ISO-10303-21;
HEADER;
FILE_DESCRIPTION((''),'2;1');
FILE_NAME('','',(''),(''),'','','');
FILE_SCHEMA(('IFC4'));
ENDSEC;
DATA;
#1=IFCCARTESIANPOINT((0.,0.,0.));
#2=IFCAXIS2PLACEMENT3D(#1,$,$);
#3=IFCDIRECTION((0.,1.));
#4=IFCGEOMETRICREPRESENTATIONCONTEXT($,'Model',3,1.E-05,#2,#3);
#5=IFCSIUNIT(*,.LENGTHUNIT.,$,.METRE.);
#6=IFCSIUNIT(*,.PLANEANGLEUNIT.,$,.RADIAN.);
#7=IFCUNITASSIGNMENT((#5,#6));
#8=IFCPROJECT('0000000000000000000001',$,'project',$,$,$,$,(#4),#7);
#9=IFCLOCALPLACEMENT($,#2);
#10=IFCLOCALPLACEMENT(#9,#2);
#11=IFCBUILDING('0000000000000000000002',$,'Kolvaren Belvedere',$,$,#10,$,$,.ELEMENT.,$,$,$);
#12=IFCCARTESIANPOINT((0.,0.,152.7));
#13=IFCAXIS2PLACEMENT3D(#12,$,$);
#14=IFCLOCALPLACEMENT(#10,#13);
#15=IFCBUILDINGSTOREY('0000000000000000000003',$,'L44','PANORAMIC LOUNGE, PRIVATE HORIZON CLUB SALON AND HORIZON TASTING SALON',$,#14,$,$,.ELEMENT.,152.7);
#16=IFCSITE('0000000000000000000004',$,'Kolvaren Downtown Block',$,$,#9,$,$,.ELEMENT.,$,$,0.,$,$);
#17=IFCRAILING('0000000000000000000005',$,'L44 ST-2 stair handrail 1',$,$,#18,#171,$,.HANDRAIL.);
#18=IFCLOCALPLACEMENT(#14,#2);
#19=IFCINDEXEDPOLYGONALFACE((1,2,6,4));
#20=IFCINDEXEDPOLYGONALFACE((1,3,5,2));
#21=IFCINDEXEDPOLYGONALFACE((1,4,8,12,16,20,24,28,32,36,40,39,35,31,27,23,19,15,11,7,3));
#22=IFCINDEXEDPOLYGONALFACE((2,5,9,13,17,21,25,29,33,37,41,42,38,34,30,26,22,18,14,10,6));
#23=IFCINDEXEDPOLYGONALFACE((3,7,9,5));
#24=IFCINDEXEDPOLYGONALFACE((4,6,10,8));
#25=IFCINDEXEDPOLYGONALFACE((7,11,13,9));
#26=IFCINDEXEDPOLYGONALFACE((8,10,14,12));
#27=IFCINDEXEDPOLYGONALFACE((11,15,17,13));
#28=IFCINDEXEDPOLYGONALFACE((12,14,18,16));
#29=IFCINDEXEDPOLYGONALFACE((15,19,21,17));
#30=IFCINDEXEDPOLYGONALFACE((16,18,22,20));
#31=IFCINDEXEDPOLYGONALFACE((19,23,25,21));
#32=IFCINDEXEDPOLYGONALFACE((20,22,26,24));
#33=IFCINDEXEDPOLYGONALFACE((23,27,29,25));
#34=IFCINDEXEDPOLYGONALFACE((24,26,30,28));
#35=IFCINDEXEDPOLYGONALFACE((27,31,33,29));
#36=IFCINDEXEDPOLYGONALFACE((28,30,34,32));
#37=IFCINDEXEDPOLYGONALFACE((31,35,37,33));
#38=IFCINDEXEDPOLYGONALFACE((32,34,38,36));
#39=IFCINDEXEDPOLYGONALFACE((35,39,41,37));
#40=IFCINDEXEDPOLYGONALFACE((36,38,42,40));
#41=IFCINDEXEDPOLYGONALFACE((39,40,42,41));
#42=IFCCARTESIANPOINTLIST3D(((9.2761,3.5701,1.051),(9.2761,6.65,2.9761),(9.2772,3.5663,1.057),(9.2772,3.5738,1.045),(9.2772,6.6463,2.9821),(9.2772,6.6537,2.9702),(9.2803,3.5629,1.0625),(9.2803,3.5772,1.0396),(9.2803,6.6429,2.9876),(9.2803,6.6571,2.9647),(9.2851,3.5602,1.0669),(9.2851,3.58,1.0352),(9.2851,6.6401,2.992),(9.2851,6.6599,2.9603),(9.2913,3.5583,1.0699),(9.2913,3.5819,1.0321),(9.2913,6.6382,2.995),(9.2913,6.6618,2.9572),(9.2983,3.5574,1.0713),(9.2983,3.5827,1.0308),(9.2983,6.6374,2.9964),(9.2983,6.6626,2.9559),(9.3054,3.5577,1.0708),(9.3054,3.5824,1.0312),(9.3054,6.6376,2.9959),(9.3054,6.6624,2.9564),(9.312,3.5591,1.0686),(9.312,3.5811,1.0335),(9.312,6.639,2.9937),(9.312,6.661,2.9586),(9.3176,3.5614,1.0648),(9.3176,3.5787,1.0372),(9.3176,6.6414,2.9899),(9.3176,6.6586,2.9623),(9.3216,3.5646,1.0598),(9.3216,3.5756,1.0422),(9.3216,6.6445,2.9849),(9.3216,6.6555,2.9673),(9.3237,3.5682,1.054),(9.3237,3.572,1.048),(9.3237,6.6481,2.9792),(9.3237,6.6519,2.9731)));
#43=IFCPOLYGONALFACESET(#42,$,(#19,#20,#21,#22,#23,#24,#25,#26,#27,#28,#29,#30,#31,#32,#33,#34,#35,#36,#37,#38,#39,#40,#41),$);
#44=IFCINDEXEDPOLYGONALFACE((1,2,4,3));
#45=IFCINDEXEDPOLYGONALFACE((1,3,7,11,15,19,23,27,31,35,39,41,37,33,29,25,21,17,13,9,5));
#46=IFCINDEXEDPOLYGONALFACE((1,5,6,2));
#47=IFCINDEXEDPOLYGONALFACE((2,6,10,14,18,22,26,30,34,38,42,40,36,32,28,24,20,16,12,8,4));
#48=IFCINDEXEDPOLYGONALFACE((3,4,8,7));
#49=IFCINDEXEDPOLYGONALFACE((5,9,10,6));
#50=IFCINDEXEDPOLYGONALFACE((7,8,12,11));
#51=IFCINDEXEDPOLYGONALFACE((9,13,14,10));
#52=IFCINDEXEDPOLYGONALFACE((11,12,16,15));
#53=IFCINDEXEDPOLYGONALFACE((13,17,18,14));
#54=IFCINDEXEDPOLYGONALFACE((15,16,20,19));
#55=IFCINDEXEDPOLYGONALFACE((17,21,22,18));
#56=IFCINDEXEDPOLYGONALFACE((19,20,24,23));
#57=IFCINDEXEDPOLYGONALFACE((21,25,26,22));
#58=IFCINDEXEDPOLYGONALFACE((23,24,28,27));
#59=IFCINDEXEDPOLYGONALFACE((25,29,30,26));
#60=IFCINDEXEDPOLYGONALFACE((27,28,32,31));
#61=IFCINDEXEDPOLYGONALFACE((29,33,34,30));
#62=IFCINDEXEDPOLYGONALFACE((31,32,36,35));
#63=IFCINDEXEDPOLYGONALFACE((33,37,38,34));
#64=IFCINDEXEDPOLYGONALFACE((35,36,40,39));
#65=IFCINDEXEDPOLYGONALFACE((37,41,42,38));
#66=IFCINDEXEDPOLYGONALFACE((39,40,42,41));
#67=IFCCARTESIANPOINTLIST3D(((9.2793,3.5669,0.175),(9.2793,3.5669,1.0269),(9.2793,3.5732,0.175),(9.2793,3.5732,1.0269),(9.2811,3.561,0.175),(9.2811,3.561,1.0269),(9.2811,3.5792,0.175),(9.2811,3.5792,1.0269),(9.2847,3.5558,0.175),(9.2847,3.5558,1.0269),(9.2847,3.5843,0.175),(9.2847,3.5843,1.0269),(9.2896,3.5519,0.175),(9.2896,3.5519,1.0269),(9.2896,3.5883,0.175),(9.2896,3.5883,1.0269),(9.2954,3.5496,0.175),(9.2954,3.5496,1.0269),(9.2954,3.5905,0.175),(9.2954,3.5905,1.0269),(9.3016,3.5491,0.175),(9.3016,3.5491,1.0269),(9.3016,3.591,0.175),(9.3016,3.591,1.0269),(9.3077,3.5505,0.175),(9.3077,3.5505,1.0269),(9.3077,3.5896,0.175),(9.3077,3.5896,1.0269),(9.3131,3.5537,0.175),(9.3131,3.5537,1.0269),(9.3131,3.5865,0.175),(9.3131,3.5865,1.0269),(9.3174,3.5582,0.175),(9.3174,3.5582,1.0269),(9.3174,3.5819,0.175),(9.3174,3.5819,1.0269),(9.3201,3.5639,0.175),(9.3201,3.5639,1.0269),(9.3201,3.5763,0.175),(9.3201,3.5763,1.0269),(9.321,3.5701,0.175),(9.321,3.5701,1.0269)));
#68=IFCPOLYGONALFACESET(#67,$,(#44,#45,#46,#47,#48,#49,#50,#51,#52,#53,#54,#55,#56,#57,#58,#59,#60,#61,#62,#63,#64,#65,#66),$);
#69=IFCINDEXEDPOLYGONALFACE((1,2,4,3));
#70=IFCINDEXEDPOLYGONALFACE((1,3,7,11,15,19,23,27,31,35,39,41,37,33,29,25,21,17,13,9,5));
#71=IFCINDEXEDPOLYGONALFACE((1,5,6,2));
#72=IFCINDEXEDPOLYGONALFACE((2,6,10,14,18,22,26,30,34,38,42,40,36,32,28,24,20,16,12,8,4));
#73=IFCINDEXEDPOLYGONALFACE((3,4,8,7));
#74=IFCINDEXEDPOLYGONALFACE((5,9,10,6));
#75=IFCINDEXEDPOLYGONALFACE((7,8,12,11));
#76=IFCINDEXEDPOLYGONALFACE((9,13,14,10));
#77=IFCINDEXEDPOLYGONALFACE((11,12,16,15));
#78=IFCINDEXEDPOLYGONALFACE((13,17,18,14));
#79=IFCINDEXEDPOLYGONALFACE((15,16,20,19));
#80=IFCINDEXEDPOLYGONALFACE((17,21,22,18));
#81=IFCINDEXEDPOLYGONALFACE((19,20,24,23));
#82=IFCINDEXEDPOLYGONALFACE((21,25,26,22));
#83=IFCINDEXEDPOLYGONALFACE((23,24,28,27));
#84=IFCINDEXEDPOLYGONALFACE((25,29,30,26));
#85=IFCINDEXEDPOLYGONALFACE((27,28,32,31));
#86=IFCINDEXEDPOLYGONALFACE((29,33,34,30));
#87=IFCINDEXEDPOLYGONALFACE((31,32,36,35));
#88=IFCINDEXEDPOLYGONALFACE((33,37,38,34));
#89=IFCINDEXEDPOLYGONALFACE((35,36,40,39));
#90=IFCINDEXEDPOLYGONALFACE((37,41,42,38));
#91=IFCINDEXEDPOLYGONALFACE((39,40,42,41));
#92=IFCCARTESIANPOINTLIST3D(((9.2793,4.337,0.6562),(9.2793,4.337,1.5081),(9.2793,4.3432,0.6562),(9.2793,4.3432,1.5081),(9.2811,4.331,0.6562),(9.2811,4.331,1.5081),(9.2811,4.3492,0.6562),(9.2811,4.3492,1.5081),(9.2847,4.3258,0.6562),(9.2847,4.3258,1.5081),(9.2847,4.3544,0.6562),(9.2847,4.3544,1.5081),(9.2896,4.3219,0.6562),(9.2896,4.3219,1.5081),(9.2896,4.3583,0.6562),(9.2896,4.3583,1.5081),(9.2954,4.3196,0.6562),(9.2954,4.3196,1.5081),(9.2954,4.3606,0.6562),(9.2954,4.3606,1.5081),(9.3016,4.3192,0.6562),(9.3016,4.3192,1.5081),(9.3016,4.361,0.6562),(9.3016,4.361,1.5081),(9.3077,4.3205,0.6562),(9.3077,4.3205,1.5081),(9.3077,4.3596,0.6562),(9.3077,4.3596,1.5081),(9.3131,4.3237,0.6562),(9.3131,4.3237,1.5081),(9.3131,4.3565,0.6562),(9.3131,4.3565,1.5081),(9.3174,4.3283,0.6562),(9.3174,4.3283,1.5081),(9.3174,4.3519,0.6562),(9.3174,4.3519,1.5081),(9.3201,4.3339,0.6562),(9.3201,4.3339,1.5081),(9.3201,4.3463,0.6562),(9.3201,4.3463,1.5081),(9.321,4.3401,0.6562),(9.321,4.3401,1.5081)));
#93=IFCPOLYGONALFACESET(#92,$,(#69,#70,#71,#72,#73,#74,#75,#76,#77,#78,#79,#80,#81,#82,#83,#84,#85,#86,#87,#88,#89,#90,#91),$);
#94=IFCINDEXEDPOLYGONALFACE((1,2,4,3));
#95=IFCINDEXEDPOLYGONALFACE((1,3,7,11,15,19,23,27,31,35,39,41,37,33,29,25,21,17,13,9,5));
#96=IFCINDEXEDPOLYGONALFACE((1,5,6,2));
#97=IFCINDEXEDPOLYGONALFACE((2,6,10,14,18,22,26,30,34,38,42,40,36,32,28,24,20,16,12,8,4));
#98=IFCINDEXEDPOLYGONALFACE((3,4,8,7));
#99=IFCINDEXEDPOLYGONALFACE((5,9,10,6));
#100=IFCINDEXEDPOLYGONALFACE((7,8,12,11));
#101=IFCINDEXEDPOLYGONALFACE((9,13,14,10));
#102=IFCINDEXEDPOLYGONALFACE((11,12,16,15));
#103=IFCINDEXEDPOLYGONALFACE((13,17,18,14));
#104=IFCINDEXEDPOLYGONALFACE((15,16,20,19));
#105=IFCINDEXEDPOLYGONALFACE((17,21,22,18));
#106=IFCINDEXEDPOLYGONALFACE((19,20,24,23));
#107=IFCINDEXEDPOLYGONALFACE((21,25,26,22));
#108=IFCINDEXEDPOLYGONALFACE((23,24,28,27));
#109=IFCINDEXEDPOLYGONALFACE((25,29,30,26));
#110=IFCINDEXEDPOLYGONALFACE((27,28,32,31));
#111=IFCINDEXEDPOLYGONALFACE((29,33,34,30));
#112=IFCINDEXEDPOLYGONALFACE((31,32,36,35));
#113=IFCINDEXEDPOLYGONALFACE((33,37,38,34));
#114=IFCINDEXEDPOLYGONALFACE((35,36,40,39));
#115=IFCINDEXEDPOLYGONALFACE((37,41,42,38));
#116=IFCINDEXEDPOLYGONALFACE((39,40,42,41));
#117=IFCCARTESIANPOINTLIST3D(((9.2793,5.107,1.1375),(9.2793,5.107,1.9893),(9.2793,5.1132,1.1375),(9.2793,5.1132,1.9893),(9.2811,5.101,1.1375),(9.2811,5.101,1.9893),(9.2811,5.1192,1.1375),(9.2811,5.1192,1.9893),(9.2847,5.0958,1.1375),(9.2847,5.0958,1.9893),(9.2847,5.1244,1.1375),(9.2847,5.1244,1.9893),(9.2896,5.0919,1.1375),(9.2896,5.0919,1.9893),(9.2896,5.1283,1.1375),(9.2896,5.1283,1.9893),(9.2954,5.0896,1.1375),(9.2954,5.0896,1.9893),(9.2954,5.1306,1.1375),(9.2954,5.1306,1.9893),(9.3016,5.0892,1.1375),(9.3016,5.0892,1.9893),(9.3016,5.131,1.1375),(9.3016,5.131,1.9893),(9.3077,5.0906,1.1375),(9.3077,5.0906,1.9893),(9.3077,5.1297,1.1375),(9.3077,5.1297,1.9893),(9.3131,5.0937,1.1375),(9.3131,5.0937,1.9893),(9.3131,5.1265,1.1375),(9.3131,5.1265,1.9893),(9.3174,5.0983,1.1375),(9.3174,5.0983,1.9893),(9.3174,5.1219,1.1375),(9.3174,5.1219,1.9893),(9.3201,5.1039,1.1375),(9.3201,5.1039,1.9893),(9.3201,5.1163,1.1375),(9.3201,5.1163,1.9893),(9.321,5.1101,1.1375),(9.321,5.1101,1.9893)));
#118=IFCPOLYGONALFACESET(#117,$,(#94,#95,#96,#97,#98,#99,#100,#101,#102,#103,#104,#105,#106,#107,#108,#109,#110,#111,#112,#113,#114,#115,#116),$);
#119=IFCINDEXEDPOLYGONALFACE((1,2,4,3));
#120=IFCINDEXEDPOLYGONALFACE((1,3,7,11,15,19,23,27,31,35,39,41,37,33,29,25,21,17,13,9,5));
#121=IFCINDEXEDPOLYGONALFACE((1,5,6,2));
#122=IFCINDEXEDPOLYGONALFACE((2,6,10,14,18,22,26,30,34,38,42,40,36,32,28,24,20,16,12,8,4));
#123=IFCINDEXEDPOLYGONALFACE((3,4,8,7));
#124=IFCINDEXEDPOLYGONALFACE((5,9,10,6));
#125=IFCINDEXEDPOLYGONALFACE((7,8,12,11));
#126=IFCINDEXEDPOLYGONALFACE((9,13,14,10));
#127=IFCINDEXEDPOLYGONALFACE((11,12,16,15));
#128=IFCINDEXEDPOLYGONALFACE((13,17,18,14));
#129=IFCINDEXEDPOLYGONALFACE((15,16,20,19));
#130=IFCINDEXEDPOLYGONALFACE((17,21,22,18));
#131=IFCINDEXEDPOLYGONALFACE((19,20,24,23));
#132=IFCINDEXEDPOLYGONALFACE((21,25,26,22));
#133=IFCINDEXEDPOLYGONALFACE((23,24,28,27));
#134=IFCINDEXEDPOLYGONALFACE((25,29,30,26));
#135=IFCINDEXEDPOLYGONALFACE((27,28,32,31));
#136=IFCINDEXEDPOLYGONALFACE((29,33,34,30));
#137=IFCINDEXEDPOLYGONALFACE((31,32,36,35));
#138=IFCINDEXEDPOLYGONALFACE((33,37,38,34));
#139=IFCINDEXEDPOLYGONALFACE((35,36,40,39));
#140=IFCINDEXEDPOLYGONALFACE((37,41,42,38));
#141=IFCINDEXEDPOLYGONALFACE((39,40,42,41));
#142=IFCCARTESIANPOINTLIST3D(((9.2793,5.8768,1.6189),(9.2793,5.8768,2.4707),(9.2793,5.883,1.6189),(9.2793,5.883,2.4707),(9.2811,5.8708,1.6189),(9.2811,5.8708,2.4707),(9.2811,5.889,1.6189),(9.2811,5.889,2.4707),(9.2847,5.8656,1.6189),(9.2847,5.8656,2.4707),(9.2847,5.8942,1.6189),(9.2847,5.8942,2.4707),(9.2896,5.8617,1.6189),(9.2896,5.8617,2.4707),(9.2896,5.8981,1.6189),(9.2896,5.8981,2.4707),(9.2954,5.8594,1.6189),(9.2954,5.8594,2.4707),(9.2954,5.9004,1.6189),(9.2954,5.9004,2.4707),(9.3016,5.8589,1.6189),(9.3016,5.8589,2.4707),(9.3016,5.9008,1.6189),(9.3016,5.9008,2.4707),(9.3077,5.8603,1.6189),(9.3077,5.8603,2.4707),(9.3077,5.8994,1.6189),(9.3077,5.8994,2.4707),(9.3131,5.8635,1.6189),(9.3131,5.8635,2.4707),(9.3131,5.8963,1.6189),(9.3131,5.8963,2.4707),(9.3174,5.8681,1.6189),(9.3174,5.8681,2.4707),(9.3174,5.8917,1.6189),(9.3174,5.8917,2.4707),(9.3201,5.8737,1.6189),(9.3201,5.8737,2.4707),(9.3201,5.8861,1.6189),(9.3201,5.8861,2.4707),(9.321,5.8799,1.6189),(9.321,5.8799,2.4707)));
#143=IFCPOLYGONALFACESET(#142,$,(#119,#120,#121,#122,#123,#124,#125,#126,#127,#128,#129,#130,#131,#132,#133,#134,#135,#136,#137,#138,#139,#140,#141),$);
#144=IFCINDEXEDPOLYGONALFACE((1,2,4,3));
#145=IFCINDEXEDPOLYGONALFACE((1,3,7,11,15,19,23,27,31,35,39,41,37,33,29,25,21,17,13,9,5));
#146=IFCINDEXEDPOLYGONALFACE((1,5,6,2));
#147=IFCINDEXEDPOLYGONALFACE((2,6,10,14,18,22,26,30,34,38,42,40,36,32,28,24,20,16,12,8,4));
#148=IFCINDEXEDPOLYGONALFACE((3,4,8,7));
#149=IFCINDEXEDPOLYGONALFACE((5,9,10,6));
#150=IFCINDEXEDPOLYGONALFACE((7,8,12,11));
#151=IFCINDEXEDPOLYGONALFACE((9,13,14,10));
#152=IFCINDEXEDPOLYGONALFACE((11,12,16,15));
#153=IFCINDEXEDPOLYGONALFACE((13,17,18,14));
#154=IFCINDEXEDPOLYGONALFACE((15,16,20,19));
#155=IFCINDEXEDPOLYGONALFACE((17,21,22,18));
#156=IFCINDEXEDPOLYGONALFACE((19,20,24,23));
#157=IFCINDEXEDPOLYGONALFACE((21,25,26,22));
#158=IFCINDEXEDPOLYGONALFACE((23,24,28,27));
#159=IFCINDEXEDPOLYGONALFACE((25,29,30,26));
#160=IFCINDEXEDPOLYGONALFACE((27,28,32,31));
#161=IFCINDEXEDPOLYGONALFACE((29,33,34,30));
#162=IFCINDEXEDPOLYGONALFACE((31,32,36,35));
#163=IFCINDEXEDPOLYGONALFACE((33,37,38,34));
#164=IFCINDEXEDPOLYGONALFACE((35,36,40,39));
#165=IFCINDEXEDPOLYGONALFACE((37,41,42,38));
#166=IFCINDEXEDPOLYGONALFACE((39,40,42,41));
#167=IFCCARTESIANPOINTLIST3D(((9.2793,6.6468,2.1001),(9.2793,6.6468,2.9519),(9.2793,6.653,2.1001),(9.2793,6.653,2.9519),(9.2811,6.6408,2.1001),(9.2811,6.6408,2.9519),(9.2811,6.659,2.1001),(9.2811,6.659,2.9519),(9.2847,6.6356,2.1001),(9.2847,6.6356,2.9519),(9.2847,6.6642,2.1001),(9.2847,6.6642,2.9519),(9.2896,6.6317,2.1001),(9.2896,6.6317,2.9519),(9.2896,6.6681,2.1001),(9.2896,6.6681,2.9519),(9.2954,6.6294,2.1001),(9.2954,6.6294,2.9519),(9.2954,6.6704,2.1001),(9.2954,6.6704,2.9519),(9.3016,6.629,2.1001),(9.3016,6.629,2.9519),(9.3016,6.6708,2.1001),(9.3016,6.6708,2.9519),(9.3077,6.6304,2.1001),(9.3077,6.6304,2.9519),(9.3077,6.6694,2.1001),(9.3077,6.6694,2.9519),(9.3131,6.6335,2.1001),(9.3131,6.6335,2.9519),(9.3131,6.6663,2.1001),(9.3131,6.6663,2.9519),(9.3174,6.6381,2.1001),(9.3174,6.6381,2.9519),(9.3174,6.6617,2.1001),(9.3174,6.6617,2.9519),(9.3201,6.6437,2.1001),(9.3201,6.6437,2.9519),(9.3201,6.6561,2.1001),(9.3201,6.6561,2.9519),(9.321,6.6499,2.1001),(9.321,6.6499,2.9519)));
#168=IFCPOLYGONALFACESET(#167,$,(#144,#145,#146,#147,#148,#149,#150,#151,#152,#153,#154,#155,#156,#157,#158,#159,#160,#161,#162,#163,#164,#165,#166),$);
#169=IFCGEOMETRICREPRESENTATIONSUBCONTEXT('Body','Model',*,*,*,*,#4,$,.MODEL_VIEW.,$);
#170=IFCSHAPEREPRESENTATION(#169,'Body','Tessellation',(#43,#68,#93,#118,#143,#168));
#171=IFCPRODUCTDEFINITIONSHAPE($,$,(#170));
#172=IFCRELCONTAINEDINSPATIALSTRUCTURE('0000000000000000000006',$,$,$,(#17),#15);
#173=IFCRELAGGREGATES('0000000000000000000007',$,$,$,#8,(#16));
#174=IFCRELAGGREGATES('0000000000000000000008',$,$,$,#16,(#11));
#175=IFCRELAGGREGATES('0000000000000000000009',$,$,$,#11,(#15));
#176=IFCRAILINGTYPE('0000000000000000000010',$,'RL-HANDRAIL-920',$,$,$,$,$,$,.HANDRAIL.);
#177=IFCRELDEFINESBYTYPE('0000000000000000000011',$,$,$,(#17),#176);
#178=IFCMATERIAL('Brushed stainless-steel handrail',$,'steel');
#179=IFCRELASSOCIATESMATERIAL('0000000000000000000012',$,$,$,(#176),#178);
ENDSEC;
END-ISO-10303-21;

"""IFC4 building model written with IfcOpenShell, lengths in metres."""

from ifc_helpers import new_model, si_unit, direction, frame, origin, origin_2d, place, context, subcontext, project, spatial, circle, extrude, material, type_object, element, save


model = new_model("IFC4")

# Units and contexts
model_context = context("Model", 3, precision=1e-05, world=origin(), true_north=direction((0.0, 1.0)))
body_context = subcontext(model_context, "Body", "Model", "MODEL_VIEW")
ifc_project = project(units=[si_unit("LENGTHUNIT", "METRE"), si_unit("PLANEANGLEUNIT", "RADIAN")], contexts=[model_context])

# Site, building, storey
site_placement = place(None, origin())
site = spatial("IfcSite", under=ifc_project, at=site_placement, Name="Kolvaren Downtown Block", CompositionType="ELEMENT", RefElevation=0.0)
building_placement = place(site_placement, origin())
building = spatial("IfcBuilding", under=site, at=building_placement, Name="Kolvaren Belvedere", CompositionType="ELEMENT")
storey_placement = place(building_placement, frame((0.0, 0.0, 152.7)))
storey = spatial("IfcBuildingStorey", under=building, at=storey_placement, Name="L44", Description="PANORAMIC LOUNGE, PRIVATE HORIZON CLUB SALON AND HORIZON TASTING SALON", CompositionType="ELEMENT", Elevation=152.7)

# Railing
ifc_material_1 = material(Name="Brushed stainless-steel handrail", Category="steel")
railing_type = type_object("IfcRailingType", Name="RL-HANDRAIL-920", PredefinedType="HANDRAIL", material=ifc_material_1)
railing_placement = place(storey_placement, frame((9.3, 3.5701, 0.175)))
element("IfcRailing", 1, at=railing_placement, inside=storey, type_object=railing_type, Name="L44 ST-2 stair handrail 1", PredefinedType="HANDRAIL", context=body_context, shape_type="SweptSolid", body=[
    extrude(circle(Radius=0.0239, at=origin_2d()), frame((0.0, 0.0, 0.876), z_axis=(0.0, 0.847979, 0.530029), x_axis=(-1.0, 0.0, 0.0)), (0.0, 0.0, 1.0), 3.6321),
    extrude(circle(Radius=0.021, at=origin_2d()), origin(), (0.0, 0.0, 1.0), 0.8518),
    extrude(circle(Radius=0.021, at=origin_2d()), frame((0.0, 0.77, 0.4812)), (0.0, 0.0, 1.0), 0.8518),
    extrude(circle(Radius=0.021, at=origin_2d()), frame((0.0, 1.54, 0.9624)), (0.0, 0.0, 1.0), 0.8518),
    extrude(circle(Radius=0.021, at=origin_2d()), frame((0.0, 2.3098, 1.4438)), (0.0, 0.0, 1.0), 0.8518),
    extrude(circle(Radius=0.021, at=origin_2d()), frame((0.0, 3.0798, 1.925)), (0.0, 0.0, 1.0), 0.8518),
])

save(model, "model.ifc")
